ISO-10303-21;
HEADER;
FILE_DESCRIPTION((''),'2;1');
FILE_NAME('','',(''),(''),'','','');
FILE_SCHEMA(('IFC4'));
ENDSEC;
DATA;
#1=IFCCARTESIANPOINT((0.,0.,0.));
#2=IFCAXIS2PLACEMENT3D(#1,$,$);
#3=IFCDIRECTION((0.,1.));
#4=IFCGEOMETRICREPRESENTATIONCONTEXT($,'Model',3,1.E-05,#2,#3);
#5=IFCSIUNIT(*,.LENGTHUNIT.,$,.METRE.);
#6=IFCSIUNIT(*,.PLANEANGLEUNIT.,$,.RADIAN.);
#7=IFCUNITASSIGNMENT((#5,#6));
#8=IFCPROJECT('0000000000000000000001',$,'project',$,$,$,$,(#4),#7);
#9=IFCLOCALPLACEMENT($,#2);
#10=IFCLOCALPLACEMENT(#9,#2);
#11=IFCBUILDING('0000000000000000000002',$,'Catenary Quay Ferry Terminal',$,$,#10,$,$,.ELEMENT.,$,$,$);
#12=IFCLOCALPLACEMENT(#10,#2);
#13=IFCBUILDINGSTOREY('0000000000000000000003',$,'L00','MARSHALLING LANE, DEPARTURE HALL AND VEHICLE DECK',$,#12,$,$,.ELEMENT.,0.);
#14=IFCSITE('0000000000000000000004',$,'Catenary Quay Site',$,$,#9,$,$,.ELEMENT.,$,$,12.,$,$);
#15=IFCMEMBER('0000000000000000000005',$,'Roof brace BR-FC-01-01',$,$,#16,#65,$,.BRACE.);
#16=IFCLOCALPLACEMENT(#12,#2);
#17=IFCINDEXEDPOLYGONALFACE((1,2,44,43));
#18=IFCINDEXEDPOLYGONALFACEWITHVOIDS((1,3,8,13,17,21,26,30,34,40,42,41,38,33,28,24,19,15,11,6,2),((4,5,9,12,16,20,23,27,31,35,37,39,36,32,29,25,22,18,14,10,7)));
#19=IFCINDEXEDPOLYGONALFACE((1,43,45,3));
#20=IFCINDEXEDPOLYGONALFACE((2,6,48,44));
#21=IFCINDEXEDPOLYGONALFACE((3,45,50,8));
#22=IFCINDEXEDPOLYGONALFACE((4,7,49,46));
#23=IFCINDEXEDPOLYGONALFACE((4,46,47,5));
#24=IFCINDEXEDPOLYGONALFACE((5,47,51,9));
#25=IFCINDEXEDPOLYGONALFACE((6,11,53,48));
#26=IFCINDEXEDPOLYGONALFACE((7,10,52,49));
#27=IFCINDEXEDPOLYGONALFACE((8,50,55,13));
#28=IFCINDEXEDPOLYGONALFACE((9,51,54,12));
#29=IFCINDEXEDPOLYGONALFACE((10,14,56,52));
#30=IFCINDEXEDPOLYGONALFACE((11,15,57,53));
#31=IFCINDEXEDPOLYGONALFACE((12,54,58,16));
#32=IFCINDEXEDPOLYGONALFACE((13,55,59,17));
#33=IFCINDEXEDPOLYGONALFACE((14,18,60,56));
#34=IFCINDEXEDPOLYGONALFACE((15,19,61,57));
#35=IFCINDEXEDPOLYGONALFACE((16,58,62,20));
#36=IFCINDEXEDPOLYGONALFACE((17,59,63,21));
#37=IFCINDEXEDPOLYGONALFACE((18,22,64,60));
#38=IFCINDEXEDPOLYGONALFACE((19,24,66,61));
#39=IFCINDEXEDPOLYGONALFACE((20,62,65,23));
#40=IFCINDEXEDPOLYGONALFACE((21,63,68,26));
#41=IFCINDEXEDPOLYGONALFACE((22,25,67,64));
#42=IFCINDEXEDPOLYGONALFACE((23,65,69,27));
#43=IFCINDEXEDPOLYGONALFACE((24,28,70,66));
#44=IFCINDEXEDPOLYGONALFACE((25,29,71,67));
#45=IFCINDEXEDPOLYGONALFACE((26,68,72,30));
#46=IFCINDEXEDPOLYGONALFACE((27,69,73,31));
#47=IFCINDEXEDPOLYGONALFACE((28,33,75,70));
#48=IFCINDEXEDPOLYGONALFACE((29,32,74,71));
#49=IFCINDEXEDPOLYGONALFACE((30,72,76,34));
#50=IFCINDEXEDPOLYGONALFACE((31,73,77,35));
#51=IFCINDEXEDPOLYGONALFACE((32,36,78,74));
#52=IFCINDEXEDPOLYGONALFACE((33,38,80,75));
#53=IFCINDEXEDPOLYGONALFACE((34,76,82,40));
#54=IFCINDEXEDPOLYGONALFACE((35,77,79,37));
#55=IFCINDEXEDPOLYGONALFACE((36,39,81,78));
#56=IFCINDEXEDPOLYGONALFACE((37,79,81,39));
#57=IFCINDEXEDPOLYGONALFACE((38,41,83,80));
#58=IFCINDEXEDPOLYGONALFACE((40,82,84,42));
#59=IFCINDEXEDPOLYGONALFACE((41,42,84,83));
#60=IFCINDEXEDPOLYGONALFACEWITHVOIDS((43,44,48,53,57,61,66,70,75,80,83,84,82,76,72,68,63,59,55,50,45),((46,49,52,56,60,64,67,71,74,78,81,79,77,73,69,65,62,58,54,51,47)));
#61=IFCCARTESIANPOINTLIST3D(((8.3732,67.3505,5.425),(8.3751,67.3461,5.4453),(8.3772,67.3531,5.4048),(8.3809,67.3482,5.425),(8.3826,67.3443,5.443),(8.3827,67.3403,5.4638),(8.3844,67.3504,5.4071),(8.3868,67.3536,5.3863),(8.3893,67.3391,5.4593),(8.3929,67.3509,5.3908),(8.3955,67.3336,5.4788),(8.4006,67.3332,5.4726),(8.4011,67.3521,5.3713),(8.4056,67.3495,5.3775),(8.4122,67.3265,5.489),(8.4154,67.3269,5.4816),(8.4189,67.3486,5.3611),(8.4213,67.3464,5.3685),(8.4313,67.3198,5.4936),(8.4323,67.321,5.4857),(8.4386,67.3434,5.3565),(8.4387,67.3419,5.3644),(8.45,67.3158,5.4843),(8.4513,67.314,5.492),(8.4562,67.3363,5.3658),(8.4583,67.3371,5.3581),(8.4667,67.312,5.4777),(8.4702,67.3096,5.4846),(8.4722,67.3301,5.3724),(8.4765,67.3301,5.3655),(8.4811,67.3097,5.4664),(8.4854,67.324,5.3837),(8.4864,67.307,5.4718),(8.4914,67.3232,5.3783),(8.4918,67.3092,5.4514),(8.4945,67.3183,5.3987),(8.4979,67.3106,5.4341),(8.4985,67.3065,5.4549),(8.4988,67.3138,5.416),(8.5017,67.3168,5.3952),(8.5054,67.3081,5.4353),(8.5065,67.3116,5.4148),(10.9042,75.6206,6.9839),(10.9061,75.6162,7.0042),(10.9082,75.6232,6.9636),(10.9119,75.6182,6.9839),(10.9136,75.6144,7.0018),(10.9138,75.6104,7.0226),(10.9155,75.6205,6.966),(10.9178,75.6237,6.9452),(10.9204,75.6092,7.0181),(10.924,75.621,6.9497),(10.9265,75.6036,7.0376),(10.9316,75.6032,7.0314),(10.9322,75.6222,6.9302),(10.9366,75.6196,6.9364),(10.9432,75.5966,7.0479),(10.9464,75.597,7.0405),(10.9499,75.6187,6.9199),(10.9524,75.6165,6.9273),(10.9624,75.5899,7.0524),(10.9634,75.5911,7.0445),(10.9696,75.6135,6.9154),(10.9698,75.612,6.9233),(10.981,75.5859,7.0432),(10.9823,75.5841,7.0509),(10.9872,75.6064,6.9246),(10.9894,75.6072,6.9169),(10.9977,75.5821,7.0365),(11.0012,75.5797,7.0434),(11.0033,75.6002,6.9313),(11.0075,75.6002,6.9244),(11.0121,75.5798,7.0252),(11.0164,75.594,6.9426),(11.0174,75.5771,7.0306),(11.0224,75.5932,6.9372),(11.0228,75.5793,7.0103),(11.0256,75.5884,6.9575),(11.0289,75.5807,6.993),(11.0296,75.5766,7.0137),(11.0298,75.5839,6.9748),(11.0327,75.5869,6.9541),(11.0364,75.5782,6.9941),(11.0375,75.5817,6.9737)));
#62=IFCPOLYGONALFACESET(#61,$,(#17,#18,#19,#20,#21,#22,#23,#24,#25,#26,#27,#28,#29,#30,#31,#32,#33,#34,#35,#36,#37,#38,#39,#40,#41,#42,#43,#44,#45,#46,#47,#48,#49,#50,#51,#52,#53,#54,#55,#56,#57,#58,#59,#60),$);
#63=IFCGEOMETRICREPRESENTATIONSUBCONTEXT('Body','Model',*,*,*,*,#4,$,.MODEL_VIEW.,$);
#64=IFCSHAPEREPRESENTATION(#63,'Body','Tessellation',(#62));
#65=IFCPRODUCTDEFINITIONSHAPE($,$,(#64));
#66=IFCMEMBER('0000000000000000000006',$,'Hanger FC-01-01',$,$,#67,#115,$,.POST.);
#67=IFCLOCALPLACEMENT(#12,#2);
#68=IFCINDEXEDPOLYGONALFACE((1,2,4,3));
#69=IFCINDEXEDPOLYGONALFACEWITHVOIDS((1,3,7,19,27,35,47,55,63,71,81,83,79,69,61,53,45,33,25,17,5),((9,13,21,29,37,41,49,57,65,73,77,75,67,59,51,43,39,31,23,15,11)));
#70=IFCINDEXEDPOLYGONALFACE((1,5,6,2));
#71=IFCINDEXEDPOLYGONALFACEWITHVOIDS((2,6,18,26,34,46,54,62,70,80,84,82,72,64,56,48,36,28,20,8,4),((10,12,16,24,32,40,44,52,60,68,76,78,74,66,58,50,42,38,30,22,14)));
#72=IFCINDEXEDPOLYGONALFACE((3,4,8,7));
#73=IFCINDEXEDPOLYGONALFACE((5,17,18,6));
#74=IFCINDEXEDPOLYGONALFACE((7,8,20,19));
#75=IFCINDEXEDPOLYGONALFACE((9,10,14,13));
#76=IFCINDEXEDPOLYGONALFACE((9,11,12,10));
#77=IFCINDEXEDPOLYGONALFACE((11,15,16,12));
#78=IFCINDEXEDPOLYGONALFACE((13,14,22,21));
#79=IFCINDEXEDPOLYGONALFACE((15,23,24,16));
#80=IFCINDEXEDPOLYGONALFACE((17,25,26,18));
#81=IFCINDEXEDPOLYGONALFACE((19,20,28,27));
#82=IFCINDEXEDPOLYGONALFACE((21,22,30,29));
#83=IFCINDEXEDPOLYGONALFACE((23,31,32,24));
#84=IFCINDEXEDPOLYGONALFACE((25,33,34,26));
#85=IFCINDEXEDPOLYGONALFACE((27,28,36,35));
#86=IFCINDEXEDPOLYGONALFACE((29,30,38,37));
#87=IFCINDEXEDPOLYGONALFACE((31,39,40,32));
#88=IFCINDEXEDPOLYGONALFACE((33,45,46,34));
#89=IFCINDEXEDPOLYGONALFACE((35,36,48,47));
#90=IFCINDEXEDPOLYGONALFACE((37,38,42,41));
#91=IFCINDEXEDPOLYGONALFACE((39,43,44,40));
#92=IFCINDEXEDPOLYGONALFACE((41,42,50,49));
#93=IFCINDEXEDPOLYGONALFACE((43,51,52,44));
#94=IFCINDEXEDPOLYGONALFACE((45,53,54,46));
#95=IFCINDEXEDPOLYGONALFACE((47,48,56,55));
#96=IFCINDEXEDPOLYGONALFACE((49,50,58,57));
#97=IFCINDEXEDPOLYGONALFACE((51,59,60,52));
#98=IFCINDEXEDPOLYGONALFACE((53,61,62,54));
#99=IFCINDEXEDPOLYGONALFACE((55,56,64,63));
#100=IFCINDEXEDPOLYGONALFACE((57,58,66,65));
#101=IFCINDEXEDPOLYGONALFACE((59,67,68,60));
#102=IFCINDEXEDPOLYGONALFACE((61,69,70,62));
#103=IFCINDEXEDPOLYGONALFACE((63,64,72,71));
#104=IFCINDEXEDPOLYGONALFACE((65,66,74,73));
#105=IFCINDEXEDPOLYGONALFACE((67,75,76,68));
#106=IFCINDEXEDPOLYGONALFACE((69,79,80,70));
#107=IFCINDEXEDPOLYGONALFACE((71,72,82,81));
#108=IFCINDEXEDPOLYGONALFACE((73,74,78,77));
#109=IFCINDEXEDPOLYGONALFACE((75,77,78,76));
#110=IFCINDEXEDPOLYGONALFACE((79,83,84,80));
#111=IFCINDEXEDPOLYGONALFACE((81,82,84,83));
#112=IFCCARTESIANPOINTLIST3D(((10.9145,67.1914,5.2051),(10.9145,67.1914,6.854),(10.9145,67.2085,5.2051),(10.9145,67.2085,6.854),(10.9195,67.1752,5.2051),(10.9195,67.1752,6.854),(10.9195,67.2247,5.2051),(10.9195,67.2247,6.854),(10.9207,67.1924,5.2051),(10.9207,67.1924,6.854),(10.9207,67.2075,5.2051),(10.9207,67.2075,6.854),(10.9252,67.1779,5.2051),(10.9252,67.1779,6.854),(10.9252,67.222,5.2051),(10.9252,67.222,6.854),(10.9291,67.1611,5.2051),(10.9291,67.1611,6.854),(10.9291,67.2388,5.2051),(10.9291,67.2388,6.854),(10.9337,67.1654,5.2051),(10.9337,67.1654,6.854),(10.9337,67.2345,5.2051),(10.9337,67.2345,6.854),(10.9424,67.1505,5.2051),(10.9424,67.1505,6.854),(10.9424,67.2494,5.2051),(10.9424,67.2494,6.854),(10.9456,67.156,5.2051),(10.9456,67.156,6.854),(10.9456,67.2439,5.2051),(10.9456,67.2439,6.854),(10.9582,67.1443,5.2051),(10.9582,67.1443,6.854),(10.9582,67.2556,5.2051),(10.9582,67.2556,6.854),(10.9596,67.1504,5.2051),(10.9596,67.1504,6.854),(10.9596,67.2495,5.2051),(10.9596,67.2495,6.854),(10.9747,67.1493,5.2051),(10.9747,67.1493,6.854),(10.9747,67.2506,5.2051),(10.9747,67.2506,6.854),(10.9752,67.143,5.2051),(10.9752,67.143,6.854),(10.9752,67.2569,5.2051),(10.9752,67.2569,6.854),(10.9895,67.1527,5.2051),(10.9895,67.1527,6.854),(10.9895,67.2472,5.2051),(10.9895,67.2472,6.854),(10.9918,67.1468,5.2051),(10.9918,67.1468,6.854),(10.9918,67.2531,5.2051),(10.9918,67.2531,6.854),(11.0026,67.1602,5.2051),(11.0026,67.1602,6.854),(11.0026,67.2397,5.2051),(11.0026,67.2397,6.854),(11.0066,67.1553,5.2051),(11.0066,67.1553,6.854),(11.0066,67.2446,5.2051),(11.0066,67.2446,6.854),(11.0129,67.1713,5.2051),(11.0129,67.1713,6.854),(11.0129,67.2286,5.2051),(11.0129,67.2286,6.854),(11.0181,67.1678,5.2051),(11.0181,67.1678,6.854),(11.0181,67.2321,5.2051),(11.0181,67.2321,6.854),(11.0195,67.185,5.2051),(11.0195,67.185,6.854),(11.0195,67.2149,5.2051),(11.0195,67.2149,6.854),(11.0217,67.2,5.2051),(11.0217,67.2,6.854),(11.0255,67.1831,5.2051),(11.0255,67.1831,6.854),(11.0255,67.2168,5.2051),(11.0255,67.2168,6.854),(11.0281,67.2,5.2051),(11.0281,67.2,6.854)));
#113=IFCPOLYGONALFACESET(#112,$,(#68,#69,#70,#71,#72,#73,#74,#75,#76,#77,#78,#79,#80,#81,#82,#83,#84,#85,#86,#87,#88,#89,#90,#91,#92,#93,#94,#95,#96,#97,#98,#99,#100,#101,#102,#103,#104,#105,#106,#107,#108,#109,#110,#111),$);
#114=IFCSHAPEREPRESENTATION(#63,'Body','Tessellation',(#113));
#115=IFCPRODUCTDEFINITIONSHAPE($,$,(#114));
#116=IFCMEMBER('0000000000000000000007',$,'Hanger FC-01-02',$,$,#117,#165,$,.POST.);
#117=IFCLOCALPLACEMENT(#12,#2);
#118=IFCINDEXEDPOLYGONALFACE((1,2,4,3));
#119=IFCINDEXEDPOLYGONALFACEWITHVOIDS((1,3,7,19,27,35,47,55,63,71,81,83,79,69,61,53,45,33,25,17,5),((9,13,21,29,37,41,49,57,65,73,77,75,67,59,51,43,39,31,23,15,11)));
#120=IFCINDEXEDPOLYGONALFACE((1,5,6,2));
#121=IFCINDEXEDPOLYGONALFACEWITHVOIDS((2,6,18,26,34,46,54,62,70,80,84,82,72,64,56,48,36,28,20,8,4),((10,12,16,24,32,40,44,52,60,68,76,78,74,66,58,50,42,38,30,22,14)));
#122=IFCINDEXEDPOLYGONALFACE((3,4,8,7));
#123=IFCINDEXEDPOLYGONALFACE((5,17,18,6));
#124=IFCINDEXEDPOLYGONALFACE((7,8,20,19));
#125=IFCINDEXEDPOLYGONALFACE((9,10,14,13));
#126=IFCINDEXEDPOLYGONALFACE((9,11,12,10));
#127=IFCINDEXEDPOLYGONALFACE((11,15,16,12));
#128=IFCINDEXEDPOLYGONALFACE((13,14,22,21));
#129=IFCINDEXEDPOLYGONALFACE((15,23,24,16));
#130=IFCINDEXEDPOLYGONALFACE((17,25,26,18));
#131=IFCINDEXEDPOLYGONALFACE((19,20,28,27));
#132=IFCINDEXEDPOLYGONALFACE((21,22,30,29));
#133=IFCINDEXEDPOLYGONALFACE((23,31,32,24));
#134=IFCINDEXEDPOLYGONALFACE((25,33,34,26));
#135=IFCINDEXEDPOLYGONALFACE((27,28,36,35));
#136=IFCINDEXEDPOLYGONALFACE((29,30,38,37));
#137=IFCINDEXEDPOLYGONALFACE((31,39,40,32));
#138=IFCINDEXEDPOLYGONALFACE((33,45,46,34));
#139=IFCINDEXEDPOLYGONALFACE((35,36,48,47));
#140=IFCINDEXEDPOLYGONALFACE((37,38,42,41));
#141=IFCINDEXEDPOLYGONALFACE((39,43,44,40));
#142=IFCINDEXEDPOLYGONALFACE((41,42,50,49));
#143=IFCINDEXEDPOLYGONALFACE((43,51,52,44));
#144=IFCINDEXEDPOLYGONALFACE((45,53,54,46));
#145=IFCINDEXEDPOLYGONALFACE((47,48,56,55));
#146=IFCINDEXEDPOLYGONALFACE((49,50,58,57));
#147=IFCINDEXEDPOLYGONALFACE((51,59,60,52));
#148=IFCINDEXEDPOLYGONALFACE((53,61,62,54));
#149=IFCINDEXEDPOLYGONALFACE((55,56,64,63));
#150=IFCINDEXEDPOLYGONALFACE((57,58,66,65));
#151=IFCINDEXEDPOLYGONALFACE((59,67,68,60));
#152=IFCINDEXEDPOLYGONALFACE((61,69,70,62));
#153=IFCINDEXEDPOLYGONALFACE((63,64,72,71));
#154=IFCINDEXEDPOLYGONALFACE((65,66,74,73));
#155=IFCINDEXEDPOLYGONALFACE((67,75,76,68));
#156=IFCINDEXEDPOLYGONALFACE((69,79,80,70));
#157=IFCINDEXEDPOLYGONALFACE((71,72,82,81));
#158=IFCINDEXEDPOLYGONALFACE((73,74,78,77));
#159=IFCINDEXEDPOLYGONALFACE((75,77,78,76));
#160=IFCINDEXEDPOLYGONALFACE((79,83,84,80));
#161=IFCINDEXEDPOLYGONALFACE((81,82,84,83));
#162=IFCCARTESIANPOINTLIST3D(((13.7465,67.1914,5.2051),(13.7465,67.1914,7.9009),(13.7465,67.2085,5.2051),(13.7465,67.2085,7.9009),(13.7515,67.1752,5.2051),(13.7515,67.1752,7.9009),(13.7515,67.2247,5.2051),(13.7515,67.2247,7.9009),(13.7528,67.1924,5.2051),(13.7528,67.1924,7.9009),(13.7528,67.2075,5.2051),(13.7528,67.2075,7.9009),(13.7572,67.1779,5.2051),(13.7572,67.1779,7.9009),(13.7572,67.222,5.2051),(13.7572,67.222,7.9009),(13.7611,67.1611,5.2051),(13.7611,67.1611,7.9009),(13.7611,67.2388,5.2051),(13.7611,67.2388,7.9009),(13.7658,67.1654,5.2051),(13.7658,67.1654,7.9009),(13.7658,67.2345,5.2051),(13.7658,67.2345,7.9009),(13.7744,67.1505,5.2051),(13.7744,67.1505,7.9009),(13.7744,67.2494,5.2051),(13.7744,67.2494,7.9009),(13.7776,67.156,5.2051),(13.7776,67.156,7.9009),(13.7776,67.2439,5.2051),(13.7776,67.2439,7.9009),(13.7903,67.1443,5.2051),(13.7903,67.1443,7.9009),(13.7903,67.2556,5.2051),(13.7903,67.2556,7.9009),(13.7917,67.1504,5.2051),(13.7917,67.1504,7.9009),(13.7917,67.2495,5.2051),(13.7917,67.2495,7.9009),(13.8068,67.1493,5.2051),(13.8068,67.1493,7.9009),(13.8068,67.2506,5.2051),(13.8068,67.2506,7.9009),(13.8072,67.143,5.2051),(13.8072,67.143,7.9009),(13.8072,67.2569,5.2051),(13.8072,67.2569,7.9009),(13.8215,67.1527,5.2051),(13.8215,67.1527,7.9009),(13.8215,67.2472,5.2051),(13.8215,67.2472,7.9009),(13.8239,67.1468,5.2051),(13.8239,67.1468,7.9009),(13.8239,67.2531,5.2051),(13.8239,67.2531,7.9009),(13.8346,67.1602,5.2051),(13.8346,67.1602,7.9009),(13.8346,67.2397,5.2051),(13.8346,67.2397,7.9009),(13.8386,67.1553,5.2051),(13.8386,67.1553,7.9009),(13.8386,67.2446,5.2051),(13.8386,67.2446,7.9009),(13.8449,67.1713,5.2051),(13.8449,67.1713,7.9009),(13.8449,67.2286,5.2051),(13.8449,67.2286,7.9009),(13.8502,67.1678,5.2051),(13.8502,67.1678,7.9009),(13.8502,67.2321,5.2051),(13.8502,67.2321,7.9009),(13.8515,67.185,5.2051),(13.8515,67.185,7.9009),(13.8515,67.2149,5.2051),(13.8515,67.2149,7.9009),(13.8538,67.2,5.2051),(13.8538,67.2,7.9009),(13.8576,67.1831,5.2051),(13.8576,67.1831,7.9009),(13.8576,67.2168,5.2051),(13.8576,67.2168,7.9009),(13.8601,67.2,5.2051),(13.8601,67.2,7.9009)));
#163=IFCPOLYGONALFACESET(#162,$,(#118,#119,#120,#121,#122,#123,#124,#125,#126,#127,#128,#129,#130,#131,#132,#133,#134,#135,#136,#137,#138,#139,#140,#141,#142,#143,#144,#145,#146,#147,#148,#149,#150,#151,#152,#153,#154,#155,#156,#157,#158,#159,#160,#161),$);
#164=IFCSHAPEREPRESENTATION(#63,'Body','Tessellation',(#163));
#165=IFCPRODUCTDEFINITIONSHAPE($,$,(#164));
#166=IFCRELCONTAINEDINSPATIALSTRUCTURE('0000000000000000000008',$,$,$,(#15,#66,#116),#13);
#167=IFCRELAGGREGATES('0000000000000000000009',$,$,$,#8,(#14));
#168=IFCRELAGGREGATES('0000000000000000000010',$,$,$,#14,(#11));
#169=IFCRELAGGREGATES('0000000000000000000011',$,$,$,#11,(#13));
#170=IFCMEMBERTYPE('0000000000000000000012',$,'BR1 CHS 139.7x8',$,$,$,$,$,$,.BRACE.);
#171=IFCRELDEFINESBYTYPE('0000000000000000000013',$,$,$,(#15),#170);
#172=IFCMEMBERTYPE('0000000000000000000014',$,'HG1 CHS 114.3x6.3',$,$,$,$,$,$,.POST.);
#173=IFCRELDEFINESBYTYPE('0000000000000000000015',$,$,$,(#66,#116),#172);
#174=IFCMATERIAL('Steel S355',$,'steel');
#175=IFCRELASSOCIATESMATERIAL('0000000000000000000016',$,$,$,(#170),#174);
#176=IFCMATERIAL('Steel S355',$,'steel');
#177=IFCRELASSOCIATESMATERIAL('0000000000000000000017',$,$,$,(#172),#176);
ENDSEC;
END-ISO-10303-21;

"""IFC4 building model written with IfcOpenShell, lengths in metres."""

from ifc_helpers import new_model, si_unit, direction, frame, origin, origin_2d, place, context, subcontext, project, spatial, hollow_circle, extrude, material, material_profile, profile_set, type_object, element, save


model = new_model("IFC4")

# Units and contexts
model_context = context("Model", 3, precision=1e-05, world=origin(), true_north=direction((0.0, 1.0)))
body_context = subcontext(model_context, "Body", "Model", "MODEL_VIEW")
ifc_project = project(units=[si_unit("LENGTHUNIT", "METRE"), si_unit("PLANEANGLEUNIT", "RADIAN")], contexts=[model_context])

# Site, building, storey
site_placement = place(None, origin())
site = spatial("IfcSite", under=ifc_project, at=site_placement, Name="Catenary Quay Site", CompositionType="ELEMENT", RefElevation=12.0)
building_placement = place(site_placement, origin())
building = spatial("IfcBuilding", under=site, at=building_placement, Name="Catenary Quay Ferry Terminal", CompositionType="ELEMENT")
storey_placement = place(building_placement, origin())
storey = spatial("IfcBuildingStorey", under=building, at=storey_placement, Name="L00", Description="MARSHALLING LANE, DEPARTURE HALL AND VEHICLE DECK", CompositionType="ELEMENT", Elevation=0.0)

# Members
ifc_material_1 = material(Name="Steel S355", Category="steel")
ifc_material_profile_1 = material_profile(ifc_material_1, hollow_circle(Radius=0.0698, WallThickness=0.0081, at=origin_2d()), Name="CHS 139.7x8")
ifc_profile_set_1 = profile_set([ifc_material_profile_1], Name="Steel S355")
member_type_1 = type_object("IfcMemberType", Name="BR1 CHS 139.7x8", PredefinedType="BRACE", material=ifc_profile_set_1)
member_1_placement = place(storey_placement, frame((8.4399, 67.3301, 5.425), z_axis=(0.288007, 0.941057, 0.177382), x_axis=(-0.95622, 0.292647, 0.0)))
element("IfcMember", 1, at=member_1_placement, inside=storey, type_object=member_type_1, Name="Roof brace BR-FC-01-01", PredefinedType="BRACE", context=body_context, shape_type="SweptSolid", body=[
    extrude(hollow_circle(Radius=0.0698, WallThickness=0.0081, at=origin_2d()), origin(), (0.0, 0.0, 1.0), 8.7881),
])
ifc_material_2 = material(Name="Steel S355", Category="steel")
ifc_material_profile_2 = material_profile(ifc_material_2, hollow_circle(Radius=0.0571, WallThickness=0.0063, at=origin_2d()), Name="CHS 114.3x6.3")
ifc_profile_set_2 = profile_set([ifc_material_profile_2], Name="Steel S355")
member_type_2 = type_object("IfcMemberType", Name="HG1 CHS 114.3x6.3", PredefinedType="POST", material=ifc_profile_set_2)
member_2_placement = place(storey_placement, frame((10.9709, 67.2, 5.2051), z_axis=(0.0, 0.0, 1.0), x_axis=(1.0, 0.0, 0.0)))
element("IfcMember", 2, at=member_2_placement, inside=storey, type_object=member_type_2, Name="Hanger FC-01-01", PredefinedType="POST", context=body_context, shape_type="SweptSolid", body=[
    extrude(hollow_circle(Radius=0.0571, WallThickness=0.0063, at=origin_2d()), origin(), (0.0, 0.0, 1.0), 1.6489),
])
member_3_placement = place(storey_placement, frame((13.803, 67.2, 5.2051), z_axis=(0.0, 0.0, 1.0), x_axis=(1.0, 0.0, 0.0)))
element("IfcMember", 3, at=member_3_placement, inside=storey, type_object=member_type_2, Name="Hanger FC-01-02", PredefinedType="POST", context=body_context, shape_type="SweptSolid", body=[
    extrude(hollow_circle(Radius=0.0571, WallThickness=0.0063, at=origin_2d()), origin(), (0.0, 0.0, 1.0), 2.6958),
])

save(model, "model.ifc")
